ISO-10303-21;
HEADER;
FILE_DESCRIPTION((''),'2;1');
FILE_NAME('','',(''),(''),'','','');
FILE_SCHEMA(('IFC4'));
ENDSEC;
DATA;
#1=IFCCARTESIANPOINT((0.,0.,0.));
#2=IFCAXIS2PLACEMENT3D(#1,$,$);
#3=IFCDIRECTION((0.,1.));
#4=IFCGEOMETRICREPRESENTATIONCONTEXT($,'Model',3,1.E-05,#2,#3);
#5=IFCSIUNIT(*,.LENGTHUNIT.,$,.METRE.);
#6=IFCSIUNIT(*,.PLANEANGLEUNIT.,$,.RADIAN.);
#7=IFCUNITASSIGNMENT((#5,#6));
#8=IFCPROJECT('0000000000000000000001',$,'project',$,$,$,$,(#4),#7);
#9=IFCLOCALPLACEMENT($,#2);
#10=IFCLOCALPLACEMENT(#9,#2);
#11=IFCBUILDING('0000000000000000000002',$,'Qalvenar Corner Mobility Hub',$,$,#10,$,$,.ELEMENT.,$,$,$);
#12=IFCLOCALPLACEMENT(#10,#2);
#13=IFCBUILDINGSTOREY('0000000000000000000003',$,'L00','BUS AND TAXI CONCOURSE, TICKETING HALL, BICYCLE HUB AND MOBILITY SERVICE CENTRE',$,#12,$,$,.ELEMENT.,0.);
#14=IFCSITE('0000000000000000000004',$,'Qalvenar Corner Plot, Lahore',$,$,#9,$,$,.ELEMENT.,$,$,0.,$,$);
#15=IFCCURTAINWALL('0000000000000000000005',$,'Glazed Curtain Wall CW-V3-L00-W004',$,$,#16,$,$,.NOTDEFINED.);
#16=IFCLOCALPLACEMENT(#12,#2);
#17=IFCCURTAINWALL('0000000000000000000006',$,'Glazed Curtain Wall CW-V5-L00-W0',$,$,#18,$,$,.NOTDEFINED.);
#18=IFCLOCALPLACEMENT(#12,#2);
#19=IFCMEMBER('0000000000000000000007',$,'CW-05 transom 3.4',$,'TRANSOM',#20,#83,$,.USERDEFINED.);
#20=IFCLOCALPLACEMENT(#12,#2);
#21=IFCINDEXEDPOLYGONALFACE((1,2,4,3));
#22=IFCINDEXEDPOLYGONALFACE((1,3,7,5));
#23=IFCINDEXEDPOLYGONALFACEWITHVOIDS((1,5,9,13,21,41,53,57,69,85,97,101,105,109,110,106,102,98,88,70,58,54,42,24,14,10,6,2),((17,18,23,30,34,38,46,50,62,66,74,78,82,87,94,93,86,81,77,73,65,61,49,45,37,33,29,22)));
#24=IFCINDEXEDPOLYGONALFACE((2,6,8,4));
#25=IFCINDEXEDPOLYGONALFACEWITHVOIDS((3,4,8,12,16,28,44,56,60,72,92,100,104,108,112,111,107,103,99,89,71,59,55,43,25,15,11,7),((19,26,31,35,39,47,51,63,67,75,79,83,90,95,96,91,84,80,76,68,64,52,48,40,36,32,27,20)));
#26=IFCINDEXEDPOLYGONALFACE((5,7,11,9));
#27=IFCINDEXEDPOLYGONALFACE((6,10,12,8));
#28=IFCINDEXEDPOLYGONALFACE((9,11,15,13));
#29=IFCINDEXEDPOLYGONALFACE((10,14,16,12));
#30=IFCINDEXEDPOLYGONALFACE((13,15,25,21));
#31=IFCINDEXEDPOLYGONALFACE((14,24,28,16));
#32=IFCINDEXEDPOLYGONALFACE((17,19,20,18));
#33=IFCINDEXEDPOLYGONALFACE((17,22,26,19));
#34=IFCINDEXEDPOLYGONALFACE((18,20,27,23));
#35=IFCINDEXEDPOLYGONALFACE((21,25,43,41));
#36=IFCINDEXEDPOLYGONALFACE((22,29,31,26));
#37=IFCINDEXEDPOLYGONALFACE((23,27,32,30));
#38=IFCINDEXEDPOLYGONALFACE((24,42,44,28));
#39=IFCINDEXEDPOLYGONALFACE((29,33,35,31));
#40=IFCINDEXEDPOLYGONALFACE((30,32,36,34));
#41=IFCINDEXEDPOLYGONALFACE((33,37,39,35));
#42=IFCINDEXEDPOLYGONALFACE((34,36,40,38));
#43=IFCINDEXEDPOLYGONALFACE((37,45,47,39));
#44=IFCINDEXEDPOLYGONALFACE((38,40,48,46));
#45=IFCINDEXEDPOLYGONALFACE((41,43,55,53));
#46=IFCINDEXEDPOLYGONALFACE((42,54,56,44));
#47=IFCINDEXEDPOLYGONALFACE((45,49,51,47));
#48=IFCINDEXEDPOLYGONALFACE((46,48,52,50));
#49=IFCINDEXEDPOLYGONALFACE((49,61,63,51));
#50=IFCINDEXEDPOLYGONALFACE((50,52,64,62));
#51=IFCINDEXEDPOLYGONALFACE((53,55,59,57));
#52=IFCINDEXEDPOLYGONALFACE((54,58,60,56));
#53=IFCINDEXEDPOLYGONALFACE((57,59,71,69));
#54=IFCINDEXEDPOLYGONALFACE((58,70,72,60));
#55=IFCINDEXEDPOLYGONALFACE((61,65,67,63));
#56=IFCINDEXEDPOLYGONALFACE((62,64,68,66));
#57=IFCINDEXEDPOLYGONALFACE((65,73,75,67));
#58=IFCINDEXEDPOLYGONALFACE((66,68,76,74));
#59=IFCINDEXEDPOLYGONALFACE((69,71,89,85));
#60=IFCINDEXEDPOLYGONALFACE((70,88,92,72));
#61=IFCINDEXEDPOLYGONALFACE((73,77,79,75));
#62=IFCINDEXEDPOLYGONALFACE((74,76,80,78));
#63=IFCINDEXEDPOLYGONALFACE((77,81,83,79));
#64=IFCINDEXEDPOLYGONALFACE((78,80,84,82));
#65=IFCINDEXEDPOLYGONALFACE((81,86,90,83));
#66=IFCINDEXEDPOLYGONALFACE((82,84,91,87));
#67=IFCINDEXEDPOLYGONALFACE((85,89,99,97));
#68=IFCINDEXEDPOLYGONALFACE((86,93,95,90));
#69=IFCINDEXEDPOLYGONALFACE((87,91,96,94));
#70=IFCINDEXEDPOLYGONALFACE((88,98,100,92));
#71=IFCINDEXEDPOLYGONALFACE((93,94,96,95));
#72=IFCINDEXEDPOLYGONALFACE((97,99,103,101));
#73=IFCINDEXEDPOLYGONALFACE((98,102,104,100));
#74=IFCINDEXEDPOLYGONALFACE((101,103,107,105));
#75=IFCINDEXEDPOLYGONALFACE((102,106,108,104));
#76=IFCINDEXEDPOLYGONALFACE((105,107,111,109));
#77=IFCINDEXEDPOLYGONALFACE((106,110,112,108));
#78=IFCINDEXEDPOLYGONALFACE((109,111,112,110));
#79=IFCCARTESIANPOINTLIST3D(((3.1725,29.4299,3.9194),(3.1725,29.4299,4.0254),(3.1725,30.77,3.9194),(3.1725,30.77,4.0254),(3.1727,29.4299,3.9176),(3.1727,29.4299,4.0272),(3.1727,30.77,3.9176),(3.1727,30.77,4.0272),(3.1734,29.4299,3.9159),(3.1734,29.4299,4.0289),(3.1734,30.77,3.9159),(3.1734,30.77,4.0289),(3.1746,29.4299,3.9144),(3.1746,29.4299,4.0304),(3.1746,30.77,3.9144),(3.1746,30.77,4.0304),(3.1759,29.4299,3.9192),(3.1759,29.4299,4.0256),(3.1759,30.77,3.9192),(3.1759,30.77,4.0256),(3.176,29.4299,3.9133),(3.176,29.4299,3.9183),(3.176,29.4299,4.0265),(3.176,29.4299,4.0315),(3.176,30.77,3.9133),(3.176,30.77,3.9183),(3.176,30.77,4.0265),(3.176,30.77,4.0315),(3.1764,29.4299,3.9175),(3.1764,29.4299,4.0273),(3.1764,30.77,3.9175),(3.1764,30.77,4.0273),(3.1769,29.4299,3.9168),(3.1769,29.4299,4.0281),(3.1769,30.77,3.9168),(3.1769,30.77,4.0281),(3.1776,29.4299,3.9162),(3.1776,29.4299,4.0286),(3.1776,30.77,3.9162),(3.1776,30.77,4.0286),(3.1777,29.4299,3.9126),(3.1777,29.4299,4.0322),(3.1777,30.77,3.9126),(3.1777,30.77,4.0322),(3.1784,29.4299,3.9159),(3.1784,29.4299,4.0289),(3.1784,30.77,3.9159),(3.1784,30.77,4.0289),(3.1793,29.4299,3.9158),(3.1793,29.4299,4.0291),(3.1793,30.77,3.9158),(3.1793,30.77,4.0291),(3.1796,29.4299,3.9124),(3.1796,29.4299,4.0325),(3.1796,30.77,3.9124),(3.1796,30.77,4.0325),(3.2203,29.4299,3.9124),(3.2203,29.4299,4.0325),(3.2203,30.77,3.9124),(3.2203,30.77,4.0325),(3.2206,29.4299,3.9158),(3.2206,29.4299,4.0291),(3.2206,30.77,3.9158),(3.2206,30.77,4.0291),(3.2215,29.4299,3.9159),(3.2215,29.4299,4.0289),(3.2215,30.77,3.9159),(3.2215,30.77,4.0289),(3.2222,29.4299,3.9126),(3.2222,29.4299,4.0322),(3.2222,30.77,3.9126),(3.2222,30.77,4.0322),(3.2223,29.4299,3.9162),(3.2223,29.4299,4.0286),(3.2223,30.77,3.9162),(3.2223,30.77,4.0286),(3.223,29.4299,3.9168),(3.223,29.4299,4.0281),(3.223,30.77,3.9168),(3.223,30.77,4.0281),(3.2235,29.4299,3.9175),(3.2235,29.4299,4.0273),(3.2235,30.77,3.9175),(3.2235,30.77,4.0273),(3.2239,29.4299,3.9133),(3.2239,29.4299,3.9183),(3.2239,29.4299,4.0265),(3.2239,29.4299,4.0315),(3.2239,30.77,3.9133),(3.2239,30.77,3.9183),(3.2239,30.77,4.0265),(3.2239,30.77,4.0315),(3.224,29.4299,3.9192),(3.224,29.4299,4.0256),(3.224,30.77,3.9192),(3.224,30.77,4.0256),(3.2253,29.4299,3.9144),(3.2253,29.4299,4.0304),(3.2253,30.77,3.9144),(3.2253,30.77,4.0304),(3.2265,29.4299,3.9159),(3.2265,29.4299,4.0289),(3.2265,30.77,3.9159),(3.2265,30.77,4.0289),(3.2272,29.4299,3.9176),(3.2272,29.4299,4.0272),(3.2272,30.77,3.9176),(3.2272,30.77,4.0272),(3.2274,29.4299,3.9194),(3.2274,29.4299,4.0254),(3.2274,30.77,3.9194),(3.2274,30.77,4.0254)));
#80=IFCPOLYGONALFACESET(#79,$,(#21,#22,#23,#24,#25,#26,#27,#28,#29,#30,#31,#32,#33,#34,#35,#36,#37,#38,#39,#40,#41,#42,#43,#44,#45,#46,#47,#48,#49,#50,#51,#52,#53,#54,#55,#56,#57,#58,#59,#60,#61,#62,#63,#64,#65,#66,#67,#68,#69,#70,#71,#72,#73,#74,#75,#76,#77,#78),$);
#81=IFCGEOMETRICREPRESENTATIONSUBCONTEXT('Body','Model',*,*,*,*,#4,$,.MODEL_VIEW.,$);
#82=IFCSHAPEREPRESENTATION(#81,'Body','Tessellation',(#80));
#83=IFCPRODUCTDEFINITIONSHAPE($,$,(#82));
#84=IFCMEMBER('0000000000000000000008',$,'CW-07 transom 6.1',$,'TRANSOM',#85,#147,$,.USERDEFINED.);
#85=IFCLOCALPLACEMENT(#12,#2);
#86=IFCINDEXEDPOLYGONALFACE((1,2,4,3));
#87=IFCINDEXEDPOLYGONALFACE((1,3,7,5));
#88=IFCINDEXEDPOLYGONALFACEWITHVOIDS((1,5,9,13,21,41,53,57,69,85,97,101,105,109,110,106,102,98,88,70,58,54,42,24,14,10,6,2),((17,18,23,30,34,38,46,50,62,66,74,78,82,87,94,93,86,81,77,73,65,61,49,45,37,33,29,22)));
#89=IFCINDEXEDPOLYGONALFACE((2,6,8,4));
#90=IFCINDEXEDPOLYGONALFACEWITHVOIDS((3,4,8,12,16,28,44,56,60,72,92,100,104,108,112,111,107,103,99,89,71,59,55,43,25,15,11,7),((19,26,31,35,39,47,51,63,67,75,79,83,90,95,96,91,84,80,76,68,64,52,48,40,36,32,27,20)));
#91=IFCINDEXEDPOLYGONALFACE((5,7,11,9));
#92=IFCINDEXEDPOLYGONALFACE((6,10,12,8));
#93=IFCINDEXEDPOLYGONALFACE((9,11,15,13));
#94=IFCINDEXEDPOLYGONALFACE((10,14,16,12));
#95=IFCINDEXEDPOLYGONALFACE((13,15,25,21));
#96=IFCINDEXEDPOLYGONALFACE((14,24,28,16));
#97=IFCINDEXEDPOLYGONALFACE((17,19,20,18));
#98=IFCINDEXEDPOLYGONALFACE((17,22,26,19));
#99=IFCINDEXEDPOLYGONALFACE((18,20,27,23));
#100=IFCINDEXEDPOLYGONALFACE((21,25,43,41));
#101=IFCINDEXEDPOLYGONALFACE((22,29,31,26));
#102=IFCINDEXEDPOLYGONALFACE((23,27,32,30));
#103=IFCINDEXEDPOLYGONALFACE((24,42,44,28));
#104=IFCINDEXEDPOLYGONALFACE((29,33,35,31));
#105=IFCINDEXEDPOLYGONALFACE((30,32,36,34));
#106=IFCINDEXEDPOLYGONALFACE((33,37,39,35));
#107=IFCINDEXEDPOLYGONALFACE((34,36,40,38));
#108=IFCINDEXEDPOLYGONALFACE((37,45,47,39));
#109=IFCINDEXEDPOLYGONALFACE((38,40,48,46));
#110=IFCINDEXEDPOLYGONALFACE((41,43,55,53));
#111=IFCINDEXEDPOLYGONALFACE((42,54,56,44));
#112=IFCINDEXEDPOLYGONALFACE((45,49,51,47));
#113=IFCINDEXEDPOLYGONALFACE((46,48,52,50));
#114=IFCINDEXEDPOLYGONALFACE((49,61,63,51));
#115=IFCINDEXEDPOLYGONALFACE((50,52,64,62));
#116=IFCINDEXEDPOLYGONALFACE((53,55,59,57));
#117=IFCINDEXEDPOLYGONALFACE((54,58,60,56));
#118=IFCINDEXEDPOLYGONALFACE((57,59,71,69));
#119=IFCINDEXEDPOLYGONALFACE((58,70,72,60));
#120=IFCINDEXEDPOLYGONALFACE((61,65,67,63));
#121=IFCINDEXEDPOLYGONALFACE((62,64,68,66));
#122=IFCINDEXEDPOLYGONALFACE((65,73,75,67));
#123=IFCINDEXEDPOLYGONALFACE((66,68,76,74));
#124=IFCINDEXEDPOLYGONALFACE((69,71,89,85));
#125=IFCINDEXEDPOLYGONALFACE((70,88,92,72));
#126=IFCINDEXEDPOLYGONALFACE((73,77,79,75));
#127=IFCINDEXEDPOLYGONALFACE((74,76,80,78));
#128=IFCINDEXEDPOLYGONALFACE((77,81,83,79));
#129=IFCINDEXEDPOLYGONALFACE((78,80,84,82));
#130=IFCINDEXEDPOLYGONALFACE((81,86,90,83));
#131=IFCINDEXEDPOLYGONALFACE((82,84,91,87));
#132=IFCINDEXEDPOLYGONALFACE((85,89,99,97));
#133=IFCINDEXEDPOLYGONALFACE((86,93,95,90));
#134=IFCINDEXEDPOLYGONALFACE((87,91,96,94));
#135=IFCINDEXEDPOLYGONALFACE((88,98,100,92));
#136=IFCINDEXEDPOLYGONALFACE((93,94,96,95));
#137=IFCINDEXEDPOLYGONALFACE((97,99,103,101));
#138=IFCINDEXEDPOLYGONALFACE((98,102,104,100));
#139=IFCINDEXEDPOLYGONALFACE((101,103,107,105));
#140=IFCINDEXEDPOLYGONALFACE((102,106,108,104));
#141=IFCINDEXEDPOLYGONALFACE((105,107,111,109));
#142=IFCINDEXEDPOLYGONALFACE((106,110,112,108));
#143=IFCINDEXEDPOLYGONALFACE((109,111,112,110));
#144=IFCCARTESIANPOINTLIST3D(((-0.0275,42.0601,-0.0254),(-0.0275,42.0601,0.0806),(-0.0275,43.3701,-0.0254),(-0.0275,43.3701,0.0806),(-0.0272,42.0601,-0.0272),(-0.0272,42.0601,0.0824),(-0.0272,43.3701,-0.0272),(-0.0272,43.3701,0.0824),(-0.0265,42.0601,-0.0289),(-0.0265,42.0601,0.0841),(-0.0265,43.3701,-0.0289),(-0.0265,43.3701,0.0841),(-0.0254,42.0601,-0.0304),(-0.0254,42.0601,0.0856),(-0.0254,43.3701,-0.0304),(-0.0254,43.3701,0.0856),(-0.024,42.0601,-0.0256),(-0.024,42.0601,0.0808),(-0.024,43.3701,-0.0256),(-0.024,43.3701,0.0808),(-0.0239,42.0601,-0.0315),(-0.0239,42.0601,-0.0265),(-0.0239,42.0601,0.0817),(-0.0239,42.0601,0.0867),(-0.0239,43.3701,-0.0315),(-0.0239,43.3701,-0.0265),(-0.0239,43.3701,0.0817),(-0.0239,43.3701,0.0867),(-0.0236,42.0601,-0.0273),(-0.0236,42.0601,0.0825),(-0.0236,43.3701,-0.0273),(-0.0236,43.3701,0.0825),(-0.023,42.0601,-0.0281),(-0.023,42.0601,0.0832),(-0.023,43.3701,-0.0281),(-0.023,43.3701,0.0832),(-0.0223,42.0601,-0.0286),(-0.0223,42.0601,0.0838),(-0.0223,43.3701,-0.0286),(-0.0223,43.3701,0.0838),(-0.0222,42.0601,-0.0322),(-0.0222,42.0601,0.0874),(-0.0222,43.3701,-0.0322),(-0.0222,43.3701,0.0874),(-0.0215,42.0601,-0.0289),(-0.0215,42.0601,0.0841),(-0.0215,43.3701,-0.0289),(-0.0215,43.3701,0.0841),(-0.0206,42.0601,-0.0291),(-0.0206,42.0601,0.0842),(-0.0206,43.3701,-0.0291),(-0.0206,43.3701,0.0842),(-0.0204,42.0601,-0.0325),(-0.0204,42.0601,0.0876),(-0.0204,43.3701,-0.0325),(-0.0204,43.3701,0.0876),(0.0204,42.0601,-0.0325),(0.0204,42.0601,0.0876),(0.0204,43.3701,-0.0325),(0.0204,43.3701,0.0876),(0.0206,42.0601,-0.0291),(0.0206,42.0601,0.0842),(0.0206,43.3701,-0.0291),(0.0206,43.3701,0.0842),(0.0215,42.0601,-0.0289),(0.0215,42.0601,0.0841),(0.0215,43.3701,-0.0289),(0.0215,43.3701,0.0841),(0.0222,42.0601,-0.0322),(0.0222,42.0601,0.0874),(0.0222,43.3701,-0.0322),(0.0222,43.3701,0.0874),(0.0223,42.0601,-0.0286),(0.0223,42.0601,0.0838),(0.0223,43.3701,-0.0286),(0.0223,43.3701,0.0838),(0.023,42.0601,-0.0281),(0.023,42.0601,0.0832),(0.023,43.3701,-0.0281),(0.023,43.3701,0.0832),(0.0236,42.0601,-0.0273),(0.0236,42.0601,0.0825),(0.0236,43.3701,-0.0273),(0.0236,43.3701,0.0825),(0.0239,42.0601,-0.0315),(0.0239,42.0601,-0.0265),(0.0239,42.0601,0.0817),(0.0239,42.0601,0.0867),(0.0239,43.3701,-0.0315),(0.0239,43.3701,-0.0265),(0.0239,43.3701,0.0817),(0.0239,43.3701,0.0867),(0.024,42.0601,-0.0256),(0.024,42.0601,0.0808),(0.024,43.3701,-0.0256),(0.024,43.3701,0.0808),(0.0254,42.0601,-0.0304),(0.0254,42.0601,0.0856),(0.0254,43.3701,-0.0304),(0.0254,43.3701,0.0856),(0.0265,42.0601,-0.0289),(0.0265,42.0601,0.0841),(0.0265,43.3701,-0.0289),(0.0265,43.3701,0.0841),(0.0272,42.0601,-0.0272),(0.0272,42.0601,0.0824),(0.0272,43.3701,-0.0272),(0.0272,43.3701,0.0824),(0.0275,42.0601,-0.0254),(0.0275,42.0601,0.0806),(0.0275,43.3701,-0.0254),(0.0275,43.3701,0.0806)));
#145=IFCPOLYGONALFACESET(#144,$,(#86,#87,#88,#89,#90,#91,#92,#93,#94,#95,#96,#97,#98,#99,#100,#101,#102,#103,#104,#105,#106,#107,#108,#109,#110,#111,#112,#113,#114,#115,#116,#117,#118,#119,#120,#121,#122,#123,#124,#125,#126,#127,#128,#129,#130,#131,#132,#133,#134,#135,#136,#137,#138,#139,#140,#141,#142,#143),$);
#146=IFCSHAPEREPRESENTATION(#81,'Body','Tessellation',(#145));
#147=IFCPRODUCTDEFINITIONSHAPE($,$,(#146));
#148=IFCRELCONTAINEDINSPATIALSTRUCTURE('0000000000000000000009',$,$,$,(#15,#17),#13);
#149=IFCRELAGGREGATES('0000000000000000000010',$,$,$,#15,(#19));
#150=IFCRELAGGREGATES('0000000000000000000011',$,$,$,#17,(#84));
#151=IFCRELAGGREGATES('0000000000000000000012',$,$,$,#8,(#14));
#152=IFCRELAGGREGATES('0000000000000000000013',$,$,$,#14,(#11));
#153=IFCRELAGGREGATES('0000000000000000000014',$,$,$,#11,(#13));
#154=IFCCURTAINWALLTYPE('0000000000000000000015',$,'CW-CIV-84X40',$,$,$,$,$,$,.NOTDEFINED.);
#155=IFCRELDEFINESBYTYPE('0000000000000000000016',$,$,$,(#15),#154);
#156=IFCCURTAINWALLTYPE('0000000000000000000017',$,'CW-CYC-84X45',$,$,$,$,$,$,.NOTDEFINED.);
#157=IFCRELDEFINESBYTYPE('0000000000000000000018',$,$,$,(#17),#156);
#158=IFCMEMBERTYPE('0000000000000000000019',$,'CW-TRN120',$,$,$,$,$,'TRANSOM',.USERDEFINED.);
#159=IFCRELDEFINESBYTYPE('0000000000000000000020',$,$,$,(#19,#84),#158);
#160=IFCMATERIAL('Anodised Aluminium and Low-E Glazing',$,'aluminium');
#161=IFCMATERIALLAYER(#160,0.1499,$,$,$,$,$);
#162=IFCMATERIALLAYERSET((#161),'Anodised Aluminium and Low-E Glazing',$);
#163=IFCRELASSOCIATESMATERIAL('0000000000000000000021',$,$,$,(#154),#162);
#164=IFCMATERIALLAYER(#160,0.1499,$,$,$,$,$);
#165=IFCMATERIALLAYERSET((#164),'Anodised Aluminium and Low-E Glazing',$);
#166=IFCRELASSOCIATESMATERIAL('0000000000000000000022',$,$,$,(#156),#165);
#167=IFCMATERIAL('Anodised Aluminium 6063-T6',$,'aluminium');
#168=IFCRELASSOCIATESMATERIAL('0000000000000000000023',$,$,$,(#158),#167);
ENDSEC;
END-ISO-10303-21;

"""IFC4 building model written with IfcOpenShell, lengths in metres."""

from ifc_helpers import new_model, si_unit, direction, frame, origin, origin_2d, place, context, subcontext, project, spatial, hollow_rectangle, extrude, material, layer, layer_set, material_profile, profile_set, type_object, element, aggregate, save


model = new_model("IFC4")

# Units and contexts
model_context = context("Model", 3, precision=1e-05, world=origin(), true_north=direction((0.0, 1.0)))
body_context = subcontext(model_context, "Body", "Model", "MODEL_VIEW")
ifc_project = project(units=[si_unit("LENGTHUNIT", "METRE"), si_unit("PLANEANGLEUNIT", "RADIAN")], contexts=[model_context])

# Site, building, storey
site_placement = place(None, origin())
site = spatial("IfcSite", under=ifc_project, at=site_placement, Name="Qalvenar Corner Plot, Lahore", CompositionType="ELEMENT", RefElevation=0.0)
building_placement = place(site_placement, origin())
building = spatial("IfcBuilding", under=site, at=building_placement, Name="Qalvenar Corner Mobility Hub", CompositionType="ELEMENT")
storey_placement = place(building_placement, origin())
storey = spatial("IfcBuildingStorey", under=building, at=storey_placement, Name="L00", Description="BUS AND TAXI CONCOURSE, TICKETING HALL, BICYCLE HUB AND MOBILITY SERVICE CENTRE", CompositionType="ELEMENT", Elevation=0.0)

# Curtain walls
ifc_material_1 = material(Name="Anodised Aluminium and Low-E Glazing", Category="aluminium")
ifc_layer_1 = layer(ifc_material_1, 0.1499)
ifc_layer_set_1 = layer_set([ifc_layer_1], Name="Anodised Aluminium and Low-E Glazing")
curtain_wall_type_1 = type_object("IfcCurtainWallType", Name="CW-CIV-84X40", PredefinedType="NOTDEFINED", material=ifc_layer_set_1)
curtain_wall_1_placement = place(storey_placement, origin())
curtain_wall_1 = element("IfcCurtainWall", 1, at=curtain_wall_1_placement, inside=storey, type_object=curtain_wall_type_1, Name="Glazed Curtain Wall CW-V3-L00-W004", PredefinedType="NOTDEFINED")
ifc_material_2 = material(Name="Anodised Aluminium 6063-T6", Category="aluminium")
ifc_layer_2 = layer(ifc_material_1, 0.1499)
ifc_layer_set_2 = layer_set([ifc_layer_2], Name="Anodised Aluminium and Low-E Glazing")
curtain_wall_type_2 = type_object("IfcCurtainWallType", Name="CW-CYC-84X45", PredefinedType="NOTDEFINED", material=ifc_layer_set_2)
curtain_wall_2_placement = place(storey_placement, origin())
curtain_wall_2 = element("IfcCurtainWall", 2, at=curtain_wall_2_placement, inside=storey, type_object=curtain_wall_type_2, Name="Glazed Curtain Wall CW-V5-L00-W0", PredefinedType="NOTDEFINED")

# Members
ifc_material_profile_1 = material_profile(ifc_material_2, hollow_rectangle(XDim=0.0549, YDim=0.1201, WallThickness=0.0034, InnerFilletRadius=0.0034, OuterFilletRadius=0.0071, at=origin_2d()), Name="RHS120x55x3.5")
ifc_profile_set_1 = profile_set([ifc_material_profile_1], Name="Anodised Aluminium 6063-T6")
member_type_1 = type_object("IfcMemberType", Name="CW-TRN120", ElementType="TRANSOM", PredefinedType="USERDEFINED", material=ifc_profile_set_1)
member_1_placement = place(storey_placement, frame((3.2, 30.77, 3.9724), z_axis=(0.0, -1.0, 0.0), x_axis=(1.0, 0.0, 0.0)))
member_1 = element("IfcMember", 3, at=member_1_placement, type_object=member_type_1, Name="CW-05 transom 3.4", ObjectType="TRANSOM", PredefinedType="USERDEFINED", context=body_context, shape_type="SweptSolid", body=[
    extrude(hollow_rectangle(XDim=0.0549, YDim=0.1201, WallThickness=0.0034, InnerFilletRadius=0.0034, OuterFilletRadius=0.0071, at=origin_2d()), origin(), (0.0, 0.0, 1.0), 1.3401),
])
member_2_placement = place(storey_placement, frame((0.0, 43.3701, 0.0276), z_axis=(0.0, -1.0, 0.0), x_axis=(1.0, 0.0, 0.0)))
member_2 = element("IfcMember", 4, at=member_2_placement, type_object=member_type_1, Name="CW-07 transom 6.1", ObjectType="TRANSOM", PredefinedType="USERDEFINED", context=body_context, shape_type="SweptSolid", body=[
    extrude(hollow_rectangle(XDim=0.0549, YDim=0.1201, WallThickness=0.0034, InnerFilletRadius=0.0034, OuterFilletRadius=0.0071, at=origin_2d()), origin(), (0.0, 0.0, 1.0), 1.3101),
])

aggregate(curtain_wall_1, [member_1])
aggregate(curtain_wall_2, [member_2])

save(model, "model.ifc")
